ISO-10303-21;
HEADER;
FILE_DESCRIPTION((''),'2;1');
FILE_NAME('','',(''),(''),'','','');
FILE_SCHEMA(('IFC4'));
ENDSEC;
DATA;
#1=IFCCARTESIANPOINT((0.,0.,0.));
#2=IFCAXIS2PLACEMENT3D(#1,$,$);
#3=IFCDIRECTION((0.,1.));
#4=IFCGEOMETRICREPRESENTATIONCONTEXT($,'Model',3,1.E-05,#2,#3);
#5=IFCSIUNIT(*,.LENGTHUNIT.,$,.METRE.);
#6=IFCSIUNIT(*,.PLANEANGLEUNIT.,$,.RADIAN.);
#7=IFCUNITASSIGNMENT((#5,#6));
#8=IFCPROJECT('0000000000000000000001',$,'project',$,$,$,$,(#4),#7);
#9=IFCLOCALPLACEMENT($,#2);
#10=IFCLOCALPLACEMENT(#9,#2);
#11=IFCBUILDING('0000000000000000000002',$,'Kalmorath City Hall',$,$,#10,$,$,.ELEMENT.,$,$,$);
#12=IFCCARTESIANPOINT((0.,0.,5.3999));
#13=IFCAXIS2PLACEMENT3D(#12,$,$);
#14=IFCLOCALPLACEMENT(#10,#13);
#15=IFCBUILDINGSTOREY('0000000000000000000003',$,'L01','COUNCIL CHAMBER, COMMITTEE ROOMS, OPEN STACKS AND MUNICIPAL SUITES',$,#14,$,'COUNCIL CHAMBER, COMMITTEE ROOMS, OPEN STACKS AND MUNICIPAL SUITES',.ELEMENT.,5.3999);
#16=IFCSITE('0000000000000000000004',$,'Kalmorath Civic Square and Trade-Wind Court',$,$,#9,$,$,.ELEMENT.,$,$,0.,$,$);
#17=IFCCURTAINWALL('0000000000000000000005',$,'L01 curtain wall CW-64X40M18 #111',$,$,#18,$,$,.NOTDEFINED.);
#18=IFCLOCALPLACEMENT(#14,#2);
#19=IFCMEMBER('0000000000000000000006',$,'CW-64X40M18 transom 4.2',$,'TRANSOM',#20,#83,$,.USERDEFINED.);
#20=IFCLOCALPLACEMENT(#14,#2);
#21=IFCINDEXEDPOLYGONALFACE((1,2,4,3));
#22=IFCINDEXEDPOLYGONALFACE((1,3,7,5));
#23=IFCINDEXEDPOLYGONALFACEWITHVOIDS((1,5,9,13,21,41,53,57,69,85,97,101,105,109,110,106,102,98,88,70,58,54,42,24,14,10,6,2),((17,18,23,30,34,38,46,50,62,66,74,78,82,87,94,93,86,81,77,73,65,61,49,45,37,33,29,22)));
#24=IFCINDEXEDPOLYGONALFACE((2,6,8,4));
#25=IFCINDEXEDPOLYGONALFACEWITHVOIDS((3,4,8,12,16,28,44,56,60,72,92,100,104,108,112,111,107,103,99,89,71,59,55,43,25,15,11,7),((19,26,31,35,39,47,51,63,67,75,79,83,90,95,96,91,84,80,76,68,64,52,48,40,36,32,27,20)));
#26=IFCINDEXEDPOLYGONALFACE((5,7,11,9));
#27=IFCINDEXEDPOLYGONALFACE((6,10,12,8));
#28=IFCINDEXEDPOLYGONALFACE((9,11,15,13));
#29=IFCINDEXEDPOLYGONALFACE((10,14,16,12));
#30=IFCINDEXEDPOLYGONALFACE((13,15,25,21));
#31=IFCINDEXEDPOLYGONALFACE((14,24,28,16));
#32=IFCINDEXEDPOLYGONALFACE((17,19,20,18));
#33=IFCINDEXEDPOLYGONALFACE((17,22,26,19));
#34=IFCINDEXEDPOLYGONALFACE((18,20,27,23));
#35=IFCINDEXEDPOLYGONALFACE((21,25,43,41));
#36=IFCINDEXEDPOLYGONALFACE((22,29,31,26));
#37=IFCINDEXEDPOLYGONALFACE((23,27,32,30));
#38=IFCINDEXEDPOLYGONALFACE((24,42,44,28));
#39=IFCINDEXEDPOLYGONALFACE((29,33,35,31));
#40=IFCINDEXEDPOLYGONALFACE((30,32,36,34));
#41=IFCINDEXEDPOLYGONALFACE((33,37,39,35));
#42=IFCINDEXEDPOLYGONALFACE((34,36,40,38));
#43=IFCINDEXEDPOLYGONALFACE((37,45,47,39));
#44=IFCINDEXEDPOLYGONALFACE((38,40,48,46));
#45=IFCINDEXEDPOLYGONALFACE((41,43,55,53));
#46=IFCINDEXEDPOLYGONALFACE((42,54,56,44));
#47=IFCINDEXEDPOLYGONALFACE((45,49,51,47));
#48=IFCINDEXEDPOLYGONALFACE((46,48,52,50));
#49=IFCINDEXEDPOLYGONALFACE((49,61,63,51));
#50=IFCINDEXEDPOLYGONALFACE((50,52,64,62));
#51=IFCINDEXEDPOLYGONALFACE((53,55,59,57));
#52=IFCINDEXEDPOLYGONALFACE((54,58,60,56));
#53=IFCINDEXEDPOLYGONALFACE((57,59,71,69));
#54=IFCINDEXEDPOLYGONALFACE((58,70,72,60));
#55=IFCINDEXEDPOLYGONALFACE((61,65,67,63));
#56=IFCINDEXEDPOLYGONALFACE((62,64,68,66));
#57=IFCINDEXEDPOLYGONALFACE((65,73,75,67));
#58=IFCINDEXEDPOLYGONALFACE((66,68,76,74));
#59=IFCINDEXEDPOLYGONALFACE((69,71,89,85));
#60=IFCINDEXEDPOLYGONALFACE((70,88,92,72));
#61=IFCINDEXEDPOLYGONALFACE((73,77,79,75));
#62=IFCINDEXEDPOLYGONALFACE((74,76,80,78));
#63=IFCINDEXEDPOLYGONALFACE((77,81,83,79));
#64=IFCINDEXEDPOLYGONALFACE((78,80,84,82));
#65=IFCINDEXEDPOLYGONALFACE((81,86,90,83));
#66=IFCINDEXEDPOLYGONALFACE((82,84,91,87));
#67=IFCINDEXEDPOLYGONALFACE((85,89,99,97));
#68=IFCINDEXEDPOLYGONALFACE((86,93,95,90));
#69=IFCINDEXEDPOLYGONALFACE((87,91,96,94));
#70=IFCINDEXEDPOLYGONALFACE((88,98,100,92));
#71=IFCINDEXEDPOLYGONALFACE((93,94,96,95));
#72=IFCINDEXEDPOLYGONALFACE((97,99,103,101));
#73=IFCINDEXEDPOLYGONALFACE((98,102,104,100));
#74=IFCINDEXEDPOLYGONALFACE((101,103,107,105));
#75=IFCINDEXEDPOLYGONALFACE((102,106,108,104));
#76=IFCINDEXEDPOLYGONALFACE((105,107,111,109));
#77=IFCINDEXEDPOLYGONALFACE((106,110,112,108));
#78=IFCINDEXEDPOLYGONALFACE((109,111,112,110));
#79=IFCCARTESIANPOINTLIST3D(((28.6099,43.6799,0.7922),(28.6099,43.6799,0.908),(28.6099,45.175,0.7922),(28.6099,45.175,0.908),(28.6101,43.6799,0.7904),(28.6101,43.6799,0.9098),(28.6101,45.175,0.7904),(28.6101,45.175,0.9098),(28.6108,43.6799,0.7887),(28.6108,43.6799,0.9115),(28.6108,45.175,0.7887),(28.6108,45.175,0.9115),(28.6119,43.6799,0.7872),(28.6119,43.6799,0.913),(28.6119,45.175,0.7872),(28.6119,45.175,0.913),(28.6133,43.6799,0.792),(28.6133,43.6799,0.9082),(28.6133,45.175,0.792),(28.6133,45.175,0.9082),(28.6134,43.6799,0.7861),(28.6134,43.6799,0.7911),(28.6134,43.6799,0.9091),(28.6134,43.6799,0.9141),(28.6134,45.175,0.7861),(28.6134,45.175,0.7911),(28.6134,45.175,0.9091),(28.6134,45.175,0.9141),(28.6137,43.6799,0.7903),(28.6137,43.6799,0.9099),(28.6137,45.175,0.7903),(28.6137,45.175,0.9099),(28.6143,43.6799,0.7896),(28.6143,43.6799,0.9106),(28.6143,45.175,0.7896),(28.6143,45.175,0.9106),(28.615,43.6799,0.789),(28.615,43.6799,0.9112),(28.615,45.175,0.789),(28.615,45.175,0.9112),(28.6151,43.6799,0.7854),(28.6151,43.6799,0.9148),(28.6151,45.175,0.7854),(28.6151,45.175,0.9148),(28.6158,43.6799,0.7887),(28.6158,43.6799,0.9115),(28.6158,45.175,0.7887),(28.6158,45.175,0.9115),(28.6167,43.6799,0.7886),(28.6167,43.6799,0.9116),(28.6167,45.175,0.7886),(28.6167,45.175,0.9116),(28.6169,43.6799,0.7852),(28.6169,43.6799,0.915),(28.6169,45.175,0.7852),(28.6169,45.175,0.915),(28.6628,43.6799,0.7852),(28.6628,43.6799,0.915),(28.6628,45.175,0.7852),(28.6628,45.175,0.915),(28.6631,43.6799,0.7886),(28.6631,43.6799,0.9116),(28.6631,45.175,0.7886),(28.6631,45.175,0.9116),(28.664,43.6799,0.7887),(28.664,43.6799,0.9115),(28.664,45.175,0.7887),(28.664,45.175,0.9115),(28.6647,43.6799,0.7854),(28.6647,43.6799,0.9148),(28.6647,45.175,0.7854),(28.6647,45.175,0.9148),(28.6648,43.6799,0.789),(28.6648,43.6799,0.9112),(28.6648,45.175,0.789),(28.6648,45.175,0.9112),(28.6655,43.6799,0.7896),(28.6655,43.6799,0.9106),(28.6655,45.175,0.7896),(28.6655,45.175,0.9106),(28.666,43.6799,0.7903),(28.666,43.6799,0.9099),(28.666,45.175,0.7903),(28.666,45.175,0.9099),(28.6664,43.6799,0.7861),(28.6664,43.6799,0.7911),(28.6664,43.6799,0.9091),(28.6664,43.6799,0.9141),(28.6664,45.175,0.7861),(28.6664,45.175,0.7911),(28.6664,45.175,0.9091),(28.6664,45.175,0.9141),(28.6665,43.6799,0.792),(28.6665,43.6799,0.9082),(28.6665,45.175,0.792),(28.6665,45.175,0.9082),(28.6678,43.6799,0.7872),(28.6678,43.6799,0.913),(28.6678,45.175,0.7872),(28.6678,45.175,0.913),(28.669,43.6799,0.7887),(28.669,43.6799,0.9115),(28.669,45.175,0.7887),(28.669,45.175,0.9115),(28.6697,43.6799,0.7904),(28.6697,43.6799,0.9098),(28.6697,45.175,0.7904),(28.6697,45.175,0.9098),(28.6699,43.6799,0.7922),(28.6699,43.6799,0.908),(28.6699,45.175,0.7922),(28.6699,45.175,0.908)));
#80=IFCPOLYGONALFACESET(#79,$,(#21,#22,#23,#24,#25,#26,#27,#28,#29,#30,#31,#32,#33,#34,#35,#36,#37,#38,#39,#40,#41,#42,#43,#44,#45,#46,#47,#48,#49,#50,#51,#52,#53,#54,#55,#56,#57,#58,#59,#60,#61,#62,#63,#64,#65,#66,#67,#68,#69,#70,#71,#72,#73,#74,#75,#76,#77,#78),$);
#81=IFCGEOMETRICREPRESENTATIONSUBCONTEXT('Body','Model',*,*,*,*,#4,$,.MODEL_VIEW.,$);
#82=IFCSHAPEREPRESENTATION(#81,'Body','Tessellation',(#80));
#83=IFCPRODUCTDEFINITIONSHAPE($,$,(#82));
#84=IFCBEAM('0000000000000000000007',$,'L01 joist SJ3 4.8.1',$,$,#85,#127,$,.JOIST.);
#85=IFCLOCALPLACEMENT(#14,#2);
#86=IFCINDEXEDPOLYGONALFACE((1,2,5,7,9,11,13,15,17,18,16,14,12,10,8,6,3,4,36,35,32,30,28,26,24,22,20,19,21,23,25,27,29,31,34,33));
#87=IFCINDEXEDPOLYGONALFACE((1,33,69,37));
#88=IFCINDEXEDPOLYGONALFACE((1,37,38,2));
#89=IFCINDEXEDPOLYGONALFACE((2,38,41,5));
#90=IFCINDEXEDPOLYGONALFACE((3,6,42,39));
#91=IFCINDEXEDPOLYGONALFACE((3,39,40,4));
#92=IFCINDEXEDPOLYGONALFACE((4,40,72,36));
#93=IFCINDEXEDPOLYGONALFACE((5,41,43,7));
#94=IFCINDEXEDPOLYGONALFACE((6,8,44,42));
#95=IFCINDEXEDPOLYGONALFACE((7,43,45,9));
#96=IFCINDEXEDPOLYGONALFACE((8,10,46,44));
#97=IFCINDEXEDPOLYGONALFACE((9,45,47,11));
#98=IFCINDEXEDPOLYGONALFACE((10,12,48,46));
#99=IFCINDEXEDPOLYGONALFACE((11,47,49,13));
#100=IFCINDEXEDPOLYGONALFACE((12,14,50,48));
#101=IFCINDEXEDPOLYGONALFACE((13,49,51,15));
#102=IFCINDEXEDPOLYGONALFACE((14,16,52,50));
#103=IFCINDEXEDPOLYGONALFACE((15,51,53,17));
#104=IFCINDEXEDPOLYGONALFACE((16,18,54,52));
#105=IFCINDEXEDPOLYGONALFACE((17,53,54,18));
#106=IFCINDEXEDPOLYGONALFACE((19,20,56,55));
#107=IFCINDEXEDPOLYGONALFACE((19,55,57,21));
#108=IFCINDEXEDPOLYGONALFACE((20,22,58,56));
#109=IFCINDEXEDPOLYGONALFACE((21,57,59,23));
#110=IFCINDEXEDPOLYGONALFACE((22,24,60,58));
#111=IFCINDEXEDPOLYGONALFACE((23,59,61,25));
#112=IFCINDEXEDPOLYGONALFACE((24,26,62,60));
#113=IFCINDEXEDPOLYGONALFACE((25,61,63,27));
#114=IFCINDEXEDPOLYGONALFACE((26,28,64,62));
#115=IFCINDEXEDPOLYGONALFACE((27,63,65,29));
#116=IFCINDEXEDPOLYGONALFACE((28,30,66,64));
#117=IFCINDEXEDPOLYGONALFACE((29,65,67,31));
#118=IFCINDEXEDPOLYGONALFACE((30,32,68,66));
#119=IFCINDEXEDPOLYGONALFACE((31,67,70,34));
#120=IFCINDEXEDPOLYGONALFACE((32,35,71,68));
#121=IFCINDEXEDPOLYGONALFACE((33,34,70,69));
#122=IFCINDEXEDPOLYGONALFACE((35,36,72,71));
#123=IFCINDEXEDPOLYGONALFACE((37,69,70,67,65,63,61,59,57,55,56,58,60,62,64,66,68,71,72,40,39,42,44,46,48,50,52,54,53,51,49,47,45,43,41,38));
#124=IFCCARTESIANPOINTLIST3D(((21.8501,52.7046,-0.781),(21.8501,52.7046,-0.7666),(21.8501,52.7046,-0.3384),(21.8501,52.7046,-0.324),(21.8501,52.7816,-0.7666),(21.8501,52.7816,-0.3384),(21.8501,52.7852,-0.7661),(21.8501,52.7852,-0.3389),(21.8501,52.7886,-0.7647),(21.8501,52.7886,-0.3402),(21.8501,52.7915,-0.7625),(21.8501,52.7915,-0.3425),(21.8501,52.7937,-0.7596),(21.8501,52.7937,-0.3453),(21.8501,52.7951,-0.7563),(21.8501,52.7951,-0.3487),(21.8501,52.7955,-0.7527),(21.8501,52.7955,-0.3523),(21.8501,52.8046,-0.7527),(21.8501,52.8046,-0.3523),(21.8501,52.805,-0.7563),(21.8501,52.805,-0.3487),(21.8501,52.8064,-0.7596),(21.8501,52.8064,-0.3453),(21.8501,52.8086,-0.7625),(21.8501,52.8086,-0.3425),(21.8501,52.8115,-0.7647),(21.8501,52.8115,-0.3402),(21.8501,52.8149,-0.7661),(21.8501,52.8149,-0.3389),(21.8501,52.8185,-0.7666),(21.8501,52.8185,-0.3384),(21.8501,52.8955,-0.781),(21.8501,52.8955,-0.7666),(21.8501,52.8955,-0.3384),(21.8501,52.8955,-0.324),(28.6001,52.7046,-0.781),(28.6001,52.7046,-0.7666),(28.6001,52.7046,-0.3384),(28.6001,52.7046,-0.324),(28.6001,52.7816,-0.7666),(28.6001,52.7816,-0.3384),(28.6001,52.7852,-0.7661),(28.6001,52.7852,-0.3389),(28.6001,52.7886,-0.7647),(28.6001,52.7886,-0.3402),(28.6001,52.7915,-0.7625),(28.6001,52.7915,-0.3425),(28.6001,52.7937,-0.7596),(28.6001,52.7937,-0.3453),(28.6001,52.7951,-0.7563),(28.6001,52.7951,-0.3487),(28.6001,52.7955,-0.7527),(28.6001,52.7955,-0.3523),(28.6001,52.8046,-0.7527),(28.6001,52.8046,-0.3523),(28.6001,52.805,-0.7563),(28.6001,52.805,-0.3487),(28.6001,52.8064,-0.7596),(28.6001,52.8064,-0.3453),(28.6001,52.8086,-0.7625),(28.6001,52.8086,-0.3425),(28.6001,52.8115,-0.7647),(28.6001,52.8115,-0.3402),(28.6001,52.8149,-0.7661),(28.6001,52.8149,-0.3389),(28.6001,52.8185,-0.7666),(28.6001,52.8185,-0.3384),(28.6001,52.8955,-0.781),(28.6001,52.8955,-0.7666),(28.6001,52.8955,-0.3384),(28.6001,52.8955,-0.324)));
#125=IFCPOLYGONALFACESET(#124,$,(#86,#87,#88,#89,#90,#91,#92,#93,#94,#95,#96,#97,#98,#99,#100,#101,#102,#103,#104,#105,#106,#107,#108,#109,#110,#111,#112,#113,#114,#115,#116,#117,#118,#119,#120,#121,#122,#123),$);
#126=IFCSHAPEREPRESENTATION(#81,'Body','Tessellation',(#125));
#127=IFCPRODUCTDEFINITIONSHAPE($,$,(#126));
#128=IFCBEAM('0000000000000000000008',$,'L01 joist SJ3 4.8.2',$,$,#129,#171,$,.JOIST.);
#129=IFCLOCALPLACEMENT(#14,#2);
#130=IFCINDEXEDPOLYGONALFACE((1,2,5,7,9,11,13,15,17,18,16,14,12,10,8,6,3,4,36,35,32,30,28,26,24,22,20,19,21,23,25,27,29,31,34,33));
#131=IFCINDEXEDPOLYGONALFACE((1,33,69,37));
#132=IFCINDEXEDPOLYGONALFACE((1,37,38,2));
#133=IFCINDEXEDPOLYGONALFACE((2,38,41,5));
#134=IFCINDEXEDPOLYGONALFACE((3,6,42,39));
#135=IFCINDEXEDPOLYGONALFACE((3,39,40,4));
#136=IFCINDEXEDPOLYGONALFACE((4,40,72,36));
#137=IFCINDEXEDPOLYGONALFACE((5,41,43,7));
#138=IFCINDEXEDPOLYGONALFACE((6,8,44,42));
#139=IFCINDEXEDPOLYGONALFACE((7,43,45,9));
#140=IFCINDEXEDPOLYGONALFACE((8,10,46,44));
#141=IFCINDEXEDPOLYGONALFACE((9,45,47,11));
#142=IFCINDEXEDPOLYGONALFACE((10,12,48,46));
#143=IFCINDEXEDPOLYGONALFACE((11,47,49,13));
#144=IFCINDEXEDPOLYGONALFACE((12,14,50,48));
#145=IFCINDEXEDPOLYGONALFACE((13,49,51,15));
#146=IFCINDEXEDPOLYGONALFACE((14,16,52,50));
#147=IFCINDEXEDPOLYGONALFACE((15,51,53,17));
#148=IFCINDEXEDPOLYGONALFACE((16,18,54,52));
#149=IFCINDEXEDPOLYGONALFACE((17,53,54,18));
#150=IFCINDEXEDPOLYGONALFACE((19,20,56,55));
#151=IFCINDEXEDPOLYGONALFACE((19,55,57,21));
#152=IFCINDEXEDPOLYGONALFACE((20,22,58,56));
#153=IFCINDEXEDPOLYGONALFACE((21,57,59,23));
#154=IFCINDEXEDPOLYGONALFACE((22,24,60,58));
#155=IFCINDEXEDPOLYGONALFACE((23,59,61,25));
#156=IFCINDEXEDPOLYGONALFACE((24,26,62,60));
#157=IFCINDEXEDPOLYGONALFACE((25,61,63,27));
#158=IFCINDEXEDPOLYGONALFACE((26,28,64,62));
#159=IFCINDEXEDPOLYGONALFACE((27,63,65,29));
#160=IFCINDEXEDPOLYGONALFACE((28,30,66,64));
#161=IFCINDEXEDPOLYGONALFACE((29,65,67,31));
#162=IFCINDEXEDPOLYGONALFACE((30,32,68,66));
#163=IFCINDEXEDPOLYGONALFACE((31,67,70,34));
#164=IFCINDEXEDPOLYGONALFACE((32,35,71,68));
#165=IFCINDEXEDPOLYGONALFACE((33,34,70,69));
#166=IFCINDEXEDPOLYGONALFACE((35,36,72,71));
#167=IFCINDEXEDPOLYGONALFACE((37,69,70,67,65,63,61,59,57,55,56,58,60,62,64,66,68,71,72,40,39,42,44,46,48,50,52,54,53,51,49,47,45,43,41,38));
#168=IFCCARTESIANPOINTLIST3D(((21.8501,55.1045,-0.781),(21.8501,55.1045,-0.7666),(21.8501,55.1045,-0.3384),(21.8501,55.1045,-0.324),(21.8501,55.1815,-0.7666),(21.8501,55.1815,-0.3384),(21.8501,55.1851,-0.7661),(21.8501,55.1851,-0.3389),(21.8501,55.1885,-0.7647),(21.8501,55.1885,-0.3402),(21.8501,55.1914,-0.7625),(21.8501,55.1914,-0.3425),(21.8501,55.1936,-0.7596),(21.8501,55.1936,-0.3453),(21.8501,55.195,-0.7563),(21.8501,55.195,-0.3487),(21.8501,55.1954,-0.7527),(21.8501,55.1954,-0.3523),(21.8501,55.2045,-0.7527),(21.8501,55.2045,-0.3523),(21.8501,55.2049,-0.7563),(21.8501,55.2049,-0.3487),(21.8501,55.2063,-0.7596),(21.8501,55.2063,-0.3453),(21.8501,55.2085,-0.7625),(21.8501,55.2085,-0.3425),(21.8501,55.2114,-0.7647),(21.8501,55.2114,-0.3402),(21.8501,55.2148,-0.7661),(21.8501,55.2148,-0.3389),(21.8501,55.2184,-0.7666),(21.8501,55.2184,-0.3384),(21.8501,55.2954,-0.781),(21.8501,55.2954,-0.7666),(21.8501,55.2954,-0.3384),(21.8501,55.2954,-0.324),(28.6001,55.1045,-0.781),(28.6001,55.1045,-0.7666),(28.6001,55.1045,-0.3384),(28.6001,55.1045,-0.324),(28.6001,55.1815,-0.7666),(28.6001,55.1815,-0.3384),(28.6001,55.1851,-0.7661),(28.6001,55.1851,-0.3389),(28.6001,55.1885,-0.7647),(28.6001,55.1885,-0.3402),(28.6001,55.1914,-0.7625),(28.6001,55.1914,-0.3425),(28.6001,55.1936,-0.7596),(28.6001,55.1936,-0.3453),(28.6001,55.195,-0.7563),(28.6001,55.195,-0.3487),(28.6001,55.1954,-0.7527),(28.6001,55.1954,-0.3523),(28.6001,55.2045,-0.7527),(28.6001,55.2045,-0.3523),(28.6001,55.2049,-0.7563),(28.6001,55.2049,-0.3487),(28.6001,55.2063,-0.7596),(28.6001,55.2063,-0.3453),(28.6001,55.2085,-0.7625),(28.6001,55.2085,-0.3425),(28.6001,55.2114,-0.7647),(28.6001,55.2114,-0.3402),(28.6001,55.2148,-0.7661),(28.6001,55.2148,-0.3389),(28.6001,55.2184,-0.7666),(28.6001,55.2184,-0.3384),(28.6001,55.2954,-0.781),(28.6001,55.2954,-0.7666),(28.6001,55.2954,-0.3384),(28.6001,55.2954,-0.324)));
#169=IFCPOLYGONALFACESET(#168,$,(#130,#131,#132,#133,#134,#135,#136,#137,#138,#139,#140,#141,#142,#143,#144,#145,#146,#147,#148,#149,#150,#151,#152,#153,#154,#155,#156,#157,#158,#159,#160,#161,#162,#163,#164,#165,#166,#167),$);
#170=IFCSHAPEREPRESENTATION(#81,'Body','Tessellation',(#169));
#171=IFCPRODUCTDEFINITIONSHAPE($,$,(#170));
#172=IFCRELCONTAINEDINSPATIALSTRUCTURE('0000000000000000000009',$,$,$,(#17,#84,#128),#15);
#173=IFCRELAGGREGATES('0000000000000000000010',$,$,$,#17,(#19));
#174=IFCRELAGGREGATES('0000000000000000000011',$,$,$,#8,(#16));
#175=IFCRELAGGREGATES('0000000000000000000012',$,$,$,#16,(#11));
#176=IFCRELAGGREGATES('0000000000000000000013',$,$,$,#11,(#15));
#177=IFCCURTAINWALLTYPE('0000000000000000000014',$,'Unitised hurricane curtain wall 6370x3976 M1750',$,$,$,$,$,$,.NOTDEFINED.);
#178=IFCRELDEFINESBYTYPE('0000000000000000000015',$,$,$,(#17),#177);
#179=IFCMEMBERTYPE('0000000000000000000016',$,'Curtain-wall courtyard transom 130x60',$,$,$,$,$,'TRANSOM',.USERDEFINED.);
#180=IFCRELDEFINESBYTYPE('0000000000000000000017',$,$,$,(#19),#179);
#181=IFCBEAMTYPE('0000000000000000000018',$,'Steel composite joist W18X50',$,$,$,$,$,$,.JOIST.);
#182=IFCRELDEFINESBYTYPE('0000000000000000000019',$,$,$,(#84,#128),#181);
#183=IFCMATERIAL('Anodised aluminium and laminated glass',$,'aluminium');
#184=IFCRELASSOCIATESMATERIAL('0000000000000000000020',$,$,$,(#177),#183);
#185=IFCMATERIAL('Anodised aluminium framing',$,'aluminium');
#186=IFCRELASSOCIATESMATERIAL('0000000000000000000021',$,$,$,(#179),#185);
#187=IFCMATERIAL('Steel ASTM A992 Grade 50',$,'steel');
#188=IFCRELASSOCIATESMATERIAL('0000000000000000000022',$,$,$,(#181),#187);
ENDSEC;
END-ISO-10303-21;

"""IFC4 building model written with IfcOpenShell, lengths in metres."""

from ifc_helpers import new_model, si_unit, direction, frame, origin, origin_2d, place, context, subcontext, project, spatial, hollow_rectangle, i_section, extrude, material, material_profile, profile_set, type_object, element, aggregate, save


model = new_model("IFC4")

# Units and contexts
model_context = context("Model", 3, precision=1e-05, world=origin(), true_north=direction((0.0, 1.0)))
body_context = subcontext(model_context, "Body", "Model", "MODEL_VIEW")
ifc_project = project(units=[si_unit("LENGTHUNIT", "METRE"), si_unit("PLANEANGLEUNIT", "RADIAN")], contexts=[model_context])

# Site, building, storey
site_placement = place(None, origin())
site = spatial("IfcSite", under=ifc_project, at=site_placement, Name="Kalmorath Civic Square and Trade-Wind Court", CompositionType="ELEMENT", RefElevation=0.0)
building_placement = place(site_placement, origin())
building = spatial("IfcBuilding", under=site, at=building_placement, Name="Kalmorath City Hall", CompositionType="ELEMENT")
storey_placement = place(building_placement, frame((0.0, 0.0, 5.3999)))
storey = spatial("IfcBuildingStorey", under=building, at=storey_placement, Name="L01", Description="COUNCIL CHAMBER, COMMITTEE ROOMS, OPEN STACKS AND MUNICIPAL SUITES", LongName="COUNCIL CHAMBER, COMMITTEE ROOMS, OPEN STACKS AND MUNICIPAL SUITES", CompositionType="ELEMENT", Elevation=5.3999)

# Curtain wall, member
ifc_material_1 = material(Name="Anodised aluminium and laminated glass", Category="aluminium")
curtain_wall_type = type_object("IfcCurtainWallType", Name="Unitised hurricane curtain wall 6370x3976 M1750", PredefinedType="NOTDEFINED", material=ifc_material_1)
curtain_wall_placement = place(storey_placement, origin())
curtain_wall = element("IfcCurtainWall", 1, at=curtain_wall_placement, inside=storey, type_object=curtain_wall_type, Name="L01 curtain wall CW-64X40M18 #111", PredefinedType="NOTDEFINED")
ifc_material_2 = material(Name="Anodised aluminium framing", Category="aluminium")
ifc_material_profile_1 = material_profile(ifc_material_2, hollow_rectangle(XDim=0.0601, YDim=0.1299, WallThickness=0.0034, InnerFilletRadius=0.0034, OuterFilletRadius=0.0071, at=origin_2d()), Name="ALU-TRN-130X60X3.5")
ifc_profile_set_1 = profile_set([ifc_material_profile_1], Name="Anodised aluminium framing")
member_type_1 = type_object("IfcMemberType", Name="Curtain-wall courtyard transom 130x60", ElementType="TRANSOM", PredefinedType="USERDEFINED", material=ifc_profile_set_1)
member_1_placement = place(storey_placement, frame((28.6399, 45.175, 0.8501), z_axis=(0.0, -1.0, 0.0), x_axis=(1.0, 0.0, 0.0)))
member_1 = element("IfcMember", 2, at=member_1_placement, type_object=member_type_1, Name="CW-64X40M18 transom 4.2", ObjectType="TRANSOM", PredefinedType="USERDEFINED", context=body_context, shape_type="SweptSolid", body=[
    extrude(hollow_rectangle(XDim=0.0601, YDim=0.1299, WallThickness=0.0034, InnerFilletRadius=0.0034, OuterFilletRadius=0.0071, at=origin_2d()), origin(), (0.0, 0.0, 1.0), 1.4951),
])

# Beams
ifc_material_3 = material(Name="Steel ASTM A992 Grade 50", Category="steel")
ifc_material_profile_2 = material_profile(ifc_material_3, i_section(OverallWidth=0.1909, OverallDepth=0.457, WebThickness=0.009, FlangeThickness=0.0144, FilletRadius=0.0139, at=origin_2d()), Name="W18X50")
ifc_profile_set_2 = profile_set([ifc_material_profile_2], Name="Steel ASTM A992 Grade 50")
beam_type_1 = type_object("IfcBeamType", Name="Steel composite joist W18X50", PredefinedType="JOIST", material=ifc_profile_set_2)
for number, where, z_axis, x_axis, name in (
    (3, (21.8501, 52.8, -0.5525), (1.0, 0.0, 0.0), (0.0, 1.0, 0.0), "L01 joist SJ3 4.8.1"),
    (4, (21.8501, 55.2, -0.5525), (1.0, 0.0, 0.0), (0.0, 1.0, 0.0), "L01 joist SJ3 4.8.2"),
):
    element("IfcBeam", number, at=place(storey_placement, frame(where, z_axis=z_axis, x_axis=x_axis)), inside=storey, type_object=beam_type_1, Name=name, PredefinedType="JOIST", context=body_context, shape_type="SweptSolid", body=[
        extrude(i_section(OverallWidth=0.1909, OverallDepth=0.457, WebThickness=0.009, FlangeThickness=0.0144, FilletRadius=0.0139, at=origin_2d()), origin(), (0.0, 0.0, 1.0), 6.75),
    ])

aggregate(curtain_wall, [member_1])

save(model, "model.ifc")
